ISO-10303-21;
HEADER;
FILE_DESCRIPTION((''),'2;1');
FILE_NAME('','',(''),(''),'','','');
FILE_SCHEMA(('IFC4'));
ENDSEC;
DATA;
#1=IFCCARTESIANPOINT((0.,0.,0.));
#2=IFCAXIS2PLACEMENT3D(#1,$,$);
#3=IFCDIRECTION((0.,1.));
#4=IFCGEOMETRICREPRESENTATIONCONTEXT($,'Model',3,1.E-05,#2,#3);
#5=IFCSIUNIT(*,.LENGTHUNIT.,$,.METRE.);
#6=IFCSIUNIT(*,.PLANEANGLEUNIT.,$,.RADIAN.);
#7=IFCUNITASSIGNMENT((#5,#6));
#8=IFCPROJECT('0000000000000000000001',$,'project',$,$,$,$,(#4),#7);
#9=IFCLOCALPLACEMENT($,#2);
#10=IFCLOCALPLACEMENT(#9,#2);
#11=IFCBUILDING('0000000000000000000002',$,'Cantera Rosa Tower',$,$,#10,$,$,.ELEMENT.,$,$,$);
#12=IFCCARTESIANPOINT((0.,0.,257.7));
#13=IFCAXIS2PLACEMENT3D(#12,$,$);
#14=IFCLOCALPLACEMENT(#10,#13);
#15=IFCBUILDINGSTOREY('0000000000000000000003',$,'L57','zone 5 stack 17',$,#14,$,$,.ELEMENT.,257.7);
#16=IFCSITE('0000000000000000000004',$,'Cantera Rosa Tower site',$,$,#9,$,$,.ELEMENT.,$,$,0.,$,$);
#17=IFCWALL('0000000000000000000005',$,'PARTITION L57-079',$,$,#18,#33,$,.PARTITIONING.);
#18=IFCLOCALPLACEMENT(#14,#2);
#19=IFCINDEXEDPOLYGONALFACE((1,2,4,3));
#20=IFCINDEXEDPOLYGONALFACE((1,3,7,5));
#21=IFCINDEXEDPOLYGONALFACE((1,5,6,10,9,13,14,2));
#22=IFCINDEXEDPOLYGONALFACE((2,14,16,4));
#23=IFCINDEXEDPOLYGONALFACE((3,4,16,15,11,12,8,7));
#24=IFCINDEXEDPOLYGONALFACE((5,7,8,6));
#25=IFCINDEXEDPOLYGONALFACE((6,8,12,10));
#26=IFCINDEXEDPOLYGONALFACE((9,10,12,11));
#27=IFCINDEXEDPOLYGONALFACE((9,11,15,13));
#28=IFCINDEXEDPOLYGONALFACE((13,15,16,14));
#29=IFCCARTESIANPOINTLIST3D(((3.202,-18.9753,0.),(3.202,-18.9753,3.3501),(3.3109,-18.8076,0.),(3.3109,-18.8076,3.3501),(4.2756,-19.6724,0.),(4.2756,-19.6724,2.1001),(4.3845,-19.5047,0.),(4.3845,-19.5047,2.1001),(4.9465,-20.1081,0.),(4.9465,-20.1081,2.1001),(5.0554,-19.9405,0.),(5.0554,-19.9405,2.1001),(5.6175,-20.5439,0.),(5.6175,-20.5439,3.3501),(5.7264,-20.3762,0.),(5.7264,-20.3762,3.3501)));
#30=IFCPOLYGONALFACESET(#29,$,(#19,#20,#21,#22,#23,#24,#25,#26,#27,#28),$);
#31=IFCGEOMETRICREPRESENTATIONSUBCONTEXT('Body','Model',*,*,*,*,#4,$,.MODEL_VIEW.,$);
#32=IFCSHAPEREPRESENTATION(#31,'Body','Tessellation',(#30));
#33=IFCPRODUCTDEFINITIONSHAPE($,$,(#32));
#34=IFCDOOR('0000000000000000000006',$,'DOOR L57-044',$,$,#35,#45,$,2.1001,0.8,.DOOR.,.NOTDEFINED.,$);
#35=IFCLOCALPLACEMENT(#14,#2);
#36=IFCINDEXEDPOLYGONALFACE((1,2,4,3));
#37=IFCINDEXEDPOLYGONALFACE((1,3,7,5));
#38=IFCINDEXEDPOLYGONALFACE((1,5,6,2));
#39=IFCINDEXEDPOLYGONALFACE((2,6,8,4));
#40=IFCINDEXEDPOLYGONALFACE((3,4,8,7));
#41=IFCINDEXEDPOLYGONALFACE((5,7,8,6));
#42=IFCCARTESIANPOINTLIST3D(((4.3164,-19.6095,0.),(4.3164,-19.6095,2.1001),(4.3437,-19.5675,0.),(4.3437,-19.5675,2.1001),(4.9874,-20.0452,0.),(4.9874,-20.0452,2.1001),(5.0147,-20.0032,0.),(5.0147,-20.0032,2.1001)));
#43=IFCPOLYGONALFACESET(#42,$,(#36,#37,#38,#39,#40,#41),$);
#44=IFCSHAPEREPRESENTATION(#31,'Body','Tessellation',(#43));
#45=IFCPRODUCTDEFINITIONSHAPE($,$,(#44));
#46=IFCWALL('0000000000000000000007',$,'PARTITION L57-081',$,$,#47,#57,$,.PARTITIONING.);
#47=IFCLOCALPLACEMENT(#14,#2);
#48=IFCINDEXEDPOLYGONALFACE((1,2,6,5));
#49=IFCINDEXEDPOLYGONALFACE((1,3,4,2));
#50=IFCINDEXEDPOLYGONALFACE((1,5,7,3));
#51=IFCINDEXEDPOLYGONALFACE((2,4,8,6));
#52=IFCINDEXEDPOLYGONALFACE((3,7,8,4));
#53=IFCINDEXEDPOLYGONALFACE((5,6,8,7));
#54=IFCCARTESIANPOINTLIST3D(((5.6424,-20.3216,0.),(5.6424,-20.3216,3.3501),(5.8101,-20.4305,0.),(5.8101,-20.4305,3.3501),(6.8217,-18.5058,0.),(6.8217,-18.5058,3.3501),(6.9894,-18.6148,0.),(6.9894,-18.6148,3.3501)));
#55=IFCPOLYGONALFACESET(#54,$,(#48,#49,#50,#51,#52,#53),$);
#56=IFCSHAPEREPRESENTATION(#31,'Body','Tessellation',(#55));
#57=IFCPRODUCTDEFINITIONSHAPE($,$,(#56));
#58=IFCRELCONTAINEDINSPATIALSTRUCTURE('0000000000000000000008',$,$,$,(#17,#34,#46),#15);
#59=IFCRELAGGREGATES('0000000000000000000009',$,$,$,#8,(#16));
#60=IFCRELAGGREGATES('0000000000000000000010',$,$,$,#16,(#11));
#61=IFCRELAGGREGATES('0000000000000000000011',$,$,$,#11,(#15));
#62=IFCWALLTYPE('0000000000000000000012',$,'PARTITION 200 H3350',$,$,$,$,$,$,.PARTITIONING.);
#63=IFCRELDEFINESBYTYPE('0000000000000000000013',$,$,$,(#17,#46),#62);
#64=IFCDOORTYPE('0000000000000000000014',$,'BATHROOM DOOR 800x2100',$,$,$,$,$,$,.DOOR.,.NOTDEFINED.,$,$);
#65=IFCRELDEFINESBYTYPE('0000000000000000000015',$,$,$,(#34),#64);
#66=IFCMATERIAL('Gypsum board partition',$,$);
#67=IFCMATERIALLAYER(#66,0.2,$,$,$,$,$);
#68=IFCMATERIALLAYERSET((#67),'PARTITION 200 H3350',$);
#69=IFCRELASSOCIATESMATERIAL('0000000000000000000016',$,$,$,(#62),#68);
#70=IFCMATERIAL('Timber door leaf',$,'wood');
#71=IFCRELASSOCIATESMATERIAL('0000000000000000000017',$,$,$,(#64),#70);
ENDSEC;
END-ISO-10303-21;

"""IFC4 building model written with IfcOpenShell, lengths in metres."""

from ifc_helpers import new_model, si_unit, direction, frame, frame_2d, origin, place, context, subcontext, project, spatial, rectangle, extrude, material, layer, layer_set, type_object, element, fill, save


model = new_model("IFC4")

# Units and contexts
model_context = context("Model", 3, precision=1e-05, world=origin(), true_north=direction((0.0, 1.0)))
body_context = subcontext(model_context, "Body", "Model", "MODEL_VIEW")
ifc_project = project(units=[si_unit("LENGTHUNIT", "METRE"), si_unit("PLANEANGLEUNIT", "RADIAN")], contexts=[model_context])

# Site, building, storey
site_placement = place(None, origin())
site = spatial("IfcSite", under=ifc_project, at=site_placement, Name="Cantera Rosa Tower site", CompositionType="ELEMENT", RefElevation=0.0)
building_placement = place(site_placement, origin())
building = spatial("IfcBuilding", under=site, at=building_placement, Name="Cantera Rosa Tower", CompositionType="ELEMENT")
storey_placement = place(building_placement, frame((0.0, 0.0, 257.7)))
storey = spatial("IfcBuildingStorey", under=building, at=storey_placement, Name="L57", Description="zone 5 stack 17", CompositionType="ELEMENT", Elevation=257.7)

# Shared definitions
ifc_material_1 = material(Name="Gypsum board partition")
ifc_layer_1 = layer(ifc_material_1, 0.2)
ifc_layer_set_1 = layer_set([ifc_layer_1], Name="PARTITION 200 H3350")
wall_type_1 = type_object("IfcWallType", Name="PARTITION 200 H3350", PredefinedType="PARTITIONING", material=ifc_layer_set_1)

# Wall, opening, door
wall_1_placement = place(storey_placement, frame((5.6719, -20.46, 0.0), z_axis=(0.0, 0.0, 1.0), x_axis=(-0.83868, 0.544625, 0.0)))
wall_1 = element("IfcWall", 1, at=wall_1_placement, inside=storey, type_object=wall_type_1, Name="PARTITION L57-079", PredefinedType="PARTITIONING", context=body_context, shape_type="SweptSolid", body=[
    extrude(rectangle(XDim=2.8801, YDim=0.2, at=frame_2d((1.4399, 0.0))), origin(), (0.0, 0.0, 1.0), 3.3501),
])
opening_1_placement = place(wall_1_placement, frame((0.8, 0.0, 0.0)))
opening_1 = element("IfcOpeningElement", 2, at=opening_1_placement, cuts=wall_1, PredefinedType="OPENING", context=body_context, shape_type="SweptSolid", body=[
    extrude(rectangle(XDim=0.8, YDim=2.1001, at=frame_2d((0.3999, 1.05))), frame((0.0, 0.1099, 0.0), z_axis=(0.0, -1.0, 0.0), x_axis=(1.0, 0.0, 0.0)), (0.0, 0.0, 1.0), 0.22),
])
ifc_material_2 = material(Name="Timber door leaf", Category="wood")
door_type_1 = type_object("IfcDoorType", Name="BATHROOM DOOR 800x2100", OperationType="NOTDEFINED", PredefinedType="DOOR", material=ifc_material_2)
door_1_placement = place(opening_1_placement, origin())
door_1 = element("IfcDoor", 3, at=door_1_placement, inside=storey, type_object=door_type_1, Name="DOOR L57-044", OperationType="NOTDEFINED", OverallHeight=2.1001, OverallWidth=0.8, PredefinedType="DOOR", context=body_context, shape_type="SweptSolid", body=[
    extrude(rectangle(XDim=0.8, YDim=2.1001, at=frame_2d((0.3999, 1.05))), frame((0.0, 0.0249, 0.0), z_axis=(0.0, -1.0, 0.0), x_axis=(1.0, 0.0, 0.0)), (0.0, 0.0, 1.0), 0.05),
])
fill(opening_1, door_1)

# Wall
wall_2_placement = place(storey_placement, frame((6.9055, -18.5603, 0.0), z_axis=(0.0, 0.0, 1.0), x_axis=(-0.544667, -0.838652, 0.0)))
element("IfcWall", 4, at=wall_2_placement, inside=storey, type_object=wall_type_1, Name="PARTITION L57-081", PredefinedType="PARTITIONING", context=body_context, shape_type="SweptSolid", body=[
    extrude(rectangle(XDim=2.165, YDim=0.2, at=frame_2d((1.0825, 0.0))), origin(), (0.0, 0.0, 1.0), 3.3501),
])

save(model, "model.ifc")
